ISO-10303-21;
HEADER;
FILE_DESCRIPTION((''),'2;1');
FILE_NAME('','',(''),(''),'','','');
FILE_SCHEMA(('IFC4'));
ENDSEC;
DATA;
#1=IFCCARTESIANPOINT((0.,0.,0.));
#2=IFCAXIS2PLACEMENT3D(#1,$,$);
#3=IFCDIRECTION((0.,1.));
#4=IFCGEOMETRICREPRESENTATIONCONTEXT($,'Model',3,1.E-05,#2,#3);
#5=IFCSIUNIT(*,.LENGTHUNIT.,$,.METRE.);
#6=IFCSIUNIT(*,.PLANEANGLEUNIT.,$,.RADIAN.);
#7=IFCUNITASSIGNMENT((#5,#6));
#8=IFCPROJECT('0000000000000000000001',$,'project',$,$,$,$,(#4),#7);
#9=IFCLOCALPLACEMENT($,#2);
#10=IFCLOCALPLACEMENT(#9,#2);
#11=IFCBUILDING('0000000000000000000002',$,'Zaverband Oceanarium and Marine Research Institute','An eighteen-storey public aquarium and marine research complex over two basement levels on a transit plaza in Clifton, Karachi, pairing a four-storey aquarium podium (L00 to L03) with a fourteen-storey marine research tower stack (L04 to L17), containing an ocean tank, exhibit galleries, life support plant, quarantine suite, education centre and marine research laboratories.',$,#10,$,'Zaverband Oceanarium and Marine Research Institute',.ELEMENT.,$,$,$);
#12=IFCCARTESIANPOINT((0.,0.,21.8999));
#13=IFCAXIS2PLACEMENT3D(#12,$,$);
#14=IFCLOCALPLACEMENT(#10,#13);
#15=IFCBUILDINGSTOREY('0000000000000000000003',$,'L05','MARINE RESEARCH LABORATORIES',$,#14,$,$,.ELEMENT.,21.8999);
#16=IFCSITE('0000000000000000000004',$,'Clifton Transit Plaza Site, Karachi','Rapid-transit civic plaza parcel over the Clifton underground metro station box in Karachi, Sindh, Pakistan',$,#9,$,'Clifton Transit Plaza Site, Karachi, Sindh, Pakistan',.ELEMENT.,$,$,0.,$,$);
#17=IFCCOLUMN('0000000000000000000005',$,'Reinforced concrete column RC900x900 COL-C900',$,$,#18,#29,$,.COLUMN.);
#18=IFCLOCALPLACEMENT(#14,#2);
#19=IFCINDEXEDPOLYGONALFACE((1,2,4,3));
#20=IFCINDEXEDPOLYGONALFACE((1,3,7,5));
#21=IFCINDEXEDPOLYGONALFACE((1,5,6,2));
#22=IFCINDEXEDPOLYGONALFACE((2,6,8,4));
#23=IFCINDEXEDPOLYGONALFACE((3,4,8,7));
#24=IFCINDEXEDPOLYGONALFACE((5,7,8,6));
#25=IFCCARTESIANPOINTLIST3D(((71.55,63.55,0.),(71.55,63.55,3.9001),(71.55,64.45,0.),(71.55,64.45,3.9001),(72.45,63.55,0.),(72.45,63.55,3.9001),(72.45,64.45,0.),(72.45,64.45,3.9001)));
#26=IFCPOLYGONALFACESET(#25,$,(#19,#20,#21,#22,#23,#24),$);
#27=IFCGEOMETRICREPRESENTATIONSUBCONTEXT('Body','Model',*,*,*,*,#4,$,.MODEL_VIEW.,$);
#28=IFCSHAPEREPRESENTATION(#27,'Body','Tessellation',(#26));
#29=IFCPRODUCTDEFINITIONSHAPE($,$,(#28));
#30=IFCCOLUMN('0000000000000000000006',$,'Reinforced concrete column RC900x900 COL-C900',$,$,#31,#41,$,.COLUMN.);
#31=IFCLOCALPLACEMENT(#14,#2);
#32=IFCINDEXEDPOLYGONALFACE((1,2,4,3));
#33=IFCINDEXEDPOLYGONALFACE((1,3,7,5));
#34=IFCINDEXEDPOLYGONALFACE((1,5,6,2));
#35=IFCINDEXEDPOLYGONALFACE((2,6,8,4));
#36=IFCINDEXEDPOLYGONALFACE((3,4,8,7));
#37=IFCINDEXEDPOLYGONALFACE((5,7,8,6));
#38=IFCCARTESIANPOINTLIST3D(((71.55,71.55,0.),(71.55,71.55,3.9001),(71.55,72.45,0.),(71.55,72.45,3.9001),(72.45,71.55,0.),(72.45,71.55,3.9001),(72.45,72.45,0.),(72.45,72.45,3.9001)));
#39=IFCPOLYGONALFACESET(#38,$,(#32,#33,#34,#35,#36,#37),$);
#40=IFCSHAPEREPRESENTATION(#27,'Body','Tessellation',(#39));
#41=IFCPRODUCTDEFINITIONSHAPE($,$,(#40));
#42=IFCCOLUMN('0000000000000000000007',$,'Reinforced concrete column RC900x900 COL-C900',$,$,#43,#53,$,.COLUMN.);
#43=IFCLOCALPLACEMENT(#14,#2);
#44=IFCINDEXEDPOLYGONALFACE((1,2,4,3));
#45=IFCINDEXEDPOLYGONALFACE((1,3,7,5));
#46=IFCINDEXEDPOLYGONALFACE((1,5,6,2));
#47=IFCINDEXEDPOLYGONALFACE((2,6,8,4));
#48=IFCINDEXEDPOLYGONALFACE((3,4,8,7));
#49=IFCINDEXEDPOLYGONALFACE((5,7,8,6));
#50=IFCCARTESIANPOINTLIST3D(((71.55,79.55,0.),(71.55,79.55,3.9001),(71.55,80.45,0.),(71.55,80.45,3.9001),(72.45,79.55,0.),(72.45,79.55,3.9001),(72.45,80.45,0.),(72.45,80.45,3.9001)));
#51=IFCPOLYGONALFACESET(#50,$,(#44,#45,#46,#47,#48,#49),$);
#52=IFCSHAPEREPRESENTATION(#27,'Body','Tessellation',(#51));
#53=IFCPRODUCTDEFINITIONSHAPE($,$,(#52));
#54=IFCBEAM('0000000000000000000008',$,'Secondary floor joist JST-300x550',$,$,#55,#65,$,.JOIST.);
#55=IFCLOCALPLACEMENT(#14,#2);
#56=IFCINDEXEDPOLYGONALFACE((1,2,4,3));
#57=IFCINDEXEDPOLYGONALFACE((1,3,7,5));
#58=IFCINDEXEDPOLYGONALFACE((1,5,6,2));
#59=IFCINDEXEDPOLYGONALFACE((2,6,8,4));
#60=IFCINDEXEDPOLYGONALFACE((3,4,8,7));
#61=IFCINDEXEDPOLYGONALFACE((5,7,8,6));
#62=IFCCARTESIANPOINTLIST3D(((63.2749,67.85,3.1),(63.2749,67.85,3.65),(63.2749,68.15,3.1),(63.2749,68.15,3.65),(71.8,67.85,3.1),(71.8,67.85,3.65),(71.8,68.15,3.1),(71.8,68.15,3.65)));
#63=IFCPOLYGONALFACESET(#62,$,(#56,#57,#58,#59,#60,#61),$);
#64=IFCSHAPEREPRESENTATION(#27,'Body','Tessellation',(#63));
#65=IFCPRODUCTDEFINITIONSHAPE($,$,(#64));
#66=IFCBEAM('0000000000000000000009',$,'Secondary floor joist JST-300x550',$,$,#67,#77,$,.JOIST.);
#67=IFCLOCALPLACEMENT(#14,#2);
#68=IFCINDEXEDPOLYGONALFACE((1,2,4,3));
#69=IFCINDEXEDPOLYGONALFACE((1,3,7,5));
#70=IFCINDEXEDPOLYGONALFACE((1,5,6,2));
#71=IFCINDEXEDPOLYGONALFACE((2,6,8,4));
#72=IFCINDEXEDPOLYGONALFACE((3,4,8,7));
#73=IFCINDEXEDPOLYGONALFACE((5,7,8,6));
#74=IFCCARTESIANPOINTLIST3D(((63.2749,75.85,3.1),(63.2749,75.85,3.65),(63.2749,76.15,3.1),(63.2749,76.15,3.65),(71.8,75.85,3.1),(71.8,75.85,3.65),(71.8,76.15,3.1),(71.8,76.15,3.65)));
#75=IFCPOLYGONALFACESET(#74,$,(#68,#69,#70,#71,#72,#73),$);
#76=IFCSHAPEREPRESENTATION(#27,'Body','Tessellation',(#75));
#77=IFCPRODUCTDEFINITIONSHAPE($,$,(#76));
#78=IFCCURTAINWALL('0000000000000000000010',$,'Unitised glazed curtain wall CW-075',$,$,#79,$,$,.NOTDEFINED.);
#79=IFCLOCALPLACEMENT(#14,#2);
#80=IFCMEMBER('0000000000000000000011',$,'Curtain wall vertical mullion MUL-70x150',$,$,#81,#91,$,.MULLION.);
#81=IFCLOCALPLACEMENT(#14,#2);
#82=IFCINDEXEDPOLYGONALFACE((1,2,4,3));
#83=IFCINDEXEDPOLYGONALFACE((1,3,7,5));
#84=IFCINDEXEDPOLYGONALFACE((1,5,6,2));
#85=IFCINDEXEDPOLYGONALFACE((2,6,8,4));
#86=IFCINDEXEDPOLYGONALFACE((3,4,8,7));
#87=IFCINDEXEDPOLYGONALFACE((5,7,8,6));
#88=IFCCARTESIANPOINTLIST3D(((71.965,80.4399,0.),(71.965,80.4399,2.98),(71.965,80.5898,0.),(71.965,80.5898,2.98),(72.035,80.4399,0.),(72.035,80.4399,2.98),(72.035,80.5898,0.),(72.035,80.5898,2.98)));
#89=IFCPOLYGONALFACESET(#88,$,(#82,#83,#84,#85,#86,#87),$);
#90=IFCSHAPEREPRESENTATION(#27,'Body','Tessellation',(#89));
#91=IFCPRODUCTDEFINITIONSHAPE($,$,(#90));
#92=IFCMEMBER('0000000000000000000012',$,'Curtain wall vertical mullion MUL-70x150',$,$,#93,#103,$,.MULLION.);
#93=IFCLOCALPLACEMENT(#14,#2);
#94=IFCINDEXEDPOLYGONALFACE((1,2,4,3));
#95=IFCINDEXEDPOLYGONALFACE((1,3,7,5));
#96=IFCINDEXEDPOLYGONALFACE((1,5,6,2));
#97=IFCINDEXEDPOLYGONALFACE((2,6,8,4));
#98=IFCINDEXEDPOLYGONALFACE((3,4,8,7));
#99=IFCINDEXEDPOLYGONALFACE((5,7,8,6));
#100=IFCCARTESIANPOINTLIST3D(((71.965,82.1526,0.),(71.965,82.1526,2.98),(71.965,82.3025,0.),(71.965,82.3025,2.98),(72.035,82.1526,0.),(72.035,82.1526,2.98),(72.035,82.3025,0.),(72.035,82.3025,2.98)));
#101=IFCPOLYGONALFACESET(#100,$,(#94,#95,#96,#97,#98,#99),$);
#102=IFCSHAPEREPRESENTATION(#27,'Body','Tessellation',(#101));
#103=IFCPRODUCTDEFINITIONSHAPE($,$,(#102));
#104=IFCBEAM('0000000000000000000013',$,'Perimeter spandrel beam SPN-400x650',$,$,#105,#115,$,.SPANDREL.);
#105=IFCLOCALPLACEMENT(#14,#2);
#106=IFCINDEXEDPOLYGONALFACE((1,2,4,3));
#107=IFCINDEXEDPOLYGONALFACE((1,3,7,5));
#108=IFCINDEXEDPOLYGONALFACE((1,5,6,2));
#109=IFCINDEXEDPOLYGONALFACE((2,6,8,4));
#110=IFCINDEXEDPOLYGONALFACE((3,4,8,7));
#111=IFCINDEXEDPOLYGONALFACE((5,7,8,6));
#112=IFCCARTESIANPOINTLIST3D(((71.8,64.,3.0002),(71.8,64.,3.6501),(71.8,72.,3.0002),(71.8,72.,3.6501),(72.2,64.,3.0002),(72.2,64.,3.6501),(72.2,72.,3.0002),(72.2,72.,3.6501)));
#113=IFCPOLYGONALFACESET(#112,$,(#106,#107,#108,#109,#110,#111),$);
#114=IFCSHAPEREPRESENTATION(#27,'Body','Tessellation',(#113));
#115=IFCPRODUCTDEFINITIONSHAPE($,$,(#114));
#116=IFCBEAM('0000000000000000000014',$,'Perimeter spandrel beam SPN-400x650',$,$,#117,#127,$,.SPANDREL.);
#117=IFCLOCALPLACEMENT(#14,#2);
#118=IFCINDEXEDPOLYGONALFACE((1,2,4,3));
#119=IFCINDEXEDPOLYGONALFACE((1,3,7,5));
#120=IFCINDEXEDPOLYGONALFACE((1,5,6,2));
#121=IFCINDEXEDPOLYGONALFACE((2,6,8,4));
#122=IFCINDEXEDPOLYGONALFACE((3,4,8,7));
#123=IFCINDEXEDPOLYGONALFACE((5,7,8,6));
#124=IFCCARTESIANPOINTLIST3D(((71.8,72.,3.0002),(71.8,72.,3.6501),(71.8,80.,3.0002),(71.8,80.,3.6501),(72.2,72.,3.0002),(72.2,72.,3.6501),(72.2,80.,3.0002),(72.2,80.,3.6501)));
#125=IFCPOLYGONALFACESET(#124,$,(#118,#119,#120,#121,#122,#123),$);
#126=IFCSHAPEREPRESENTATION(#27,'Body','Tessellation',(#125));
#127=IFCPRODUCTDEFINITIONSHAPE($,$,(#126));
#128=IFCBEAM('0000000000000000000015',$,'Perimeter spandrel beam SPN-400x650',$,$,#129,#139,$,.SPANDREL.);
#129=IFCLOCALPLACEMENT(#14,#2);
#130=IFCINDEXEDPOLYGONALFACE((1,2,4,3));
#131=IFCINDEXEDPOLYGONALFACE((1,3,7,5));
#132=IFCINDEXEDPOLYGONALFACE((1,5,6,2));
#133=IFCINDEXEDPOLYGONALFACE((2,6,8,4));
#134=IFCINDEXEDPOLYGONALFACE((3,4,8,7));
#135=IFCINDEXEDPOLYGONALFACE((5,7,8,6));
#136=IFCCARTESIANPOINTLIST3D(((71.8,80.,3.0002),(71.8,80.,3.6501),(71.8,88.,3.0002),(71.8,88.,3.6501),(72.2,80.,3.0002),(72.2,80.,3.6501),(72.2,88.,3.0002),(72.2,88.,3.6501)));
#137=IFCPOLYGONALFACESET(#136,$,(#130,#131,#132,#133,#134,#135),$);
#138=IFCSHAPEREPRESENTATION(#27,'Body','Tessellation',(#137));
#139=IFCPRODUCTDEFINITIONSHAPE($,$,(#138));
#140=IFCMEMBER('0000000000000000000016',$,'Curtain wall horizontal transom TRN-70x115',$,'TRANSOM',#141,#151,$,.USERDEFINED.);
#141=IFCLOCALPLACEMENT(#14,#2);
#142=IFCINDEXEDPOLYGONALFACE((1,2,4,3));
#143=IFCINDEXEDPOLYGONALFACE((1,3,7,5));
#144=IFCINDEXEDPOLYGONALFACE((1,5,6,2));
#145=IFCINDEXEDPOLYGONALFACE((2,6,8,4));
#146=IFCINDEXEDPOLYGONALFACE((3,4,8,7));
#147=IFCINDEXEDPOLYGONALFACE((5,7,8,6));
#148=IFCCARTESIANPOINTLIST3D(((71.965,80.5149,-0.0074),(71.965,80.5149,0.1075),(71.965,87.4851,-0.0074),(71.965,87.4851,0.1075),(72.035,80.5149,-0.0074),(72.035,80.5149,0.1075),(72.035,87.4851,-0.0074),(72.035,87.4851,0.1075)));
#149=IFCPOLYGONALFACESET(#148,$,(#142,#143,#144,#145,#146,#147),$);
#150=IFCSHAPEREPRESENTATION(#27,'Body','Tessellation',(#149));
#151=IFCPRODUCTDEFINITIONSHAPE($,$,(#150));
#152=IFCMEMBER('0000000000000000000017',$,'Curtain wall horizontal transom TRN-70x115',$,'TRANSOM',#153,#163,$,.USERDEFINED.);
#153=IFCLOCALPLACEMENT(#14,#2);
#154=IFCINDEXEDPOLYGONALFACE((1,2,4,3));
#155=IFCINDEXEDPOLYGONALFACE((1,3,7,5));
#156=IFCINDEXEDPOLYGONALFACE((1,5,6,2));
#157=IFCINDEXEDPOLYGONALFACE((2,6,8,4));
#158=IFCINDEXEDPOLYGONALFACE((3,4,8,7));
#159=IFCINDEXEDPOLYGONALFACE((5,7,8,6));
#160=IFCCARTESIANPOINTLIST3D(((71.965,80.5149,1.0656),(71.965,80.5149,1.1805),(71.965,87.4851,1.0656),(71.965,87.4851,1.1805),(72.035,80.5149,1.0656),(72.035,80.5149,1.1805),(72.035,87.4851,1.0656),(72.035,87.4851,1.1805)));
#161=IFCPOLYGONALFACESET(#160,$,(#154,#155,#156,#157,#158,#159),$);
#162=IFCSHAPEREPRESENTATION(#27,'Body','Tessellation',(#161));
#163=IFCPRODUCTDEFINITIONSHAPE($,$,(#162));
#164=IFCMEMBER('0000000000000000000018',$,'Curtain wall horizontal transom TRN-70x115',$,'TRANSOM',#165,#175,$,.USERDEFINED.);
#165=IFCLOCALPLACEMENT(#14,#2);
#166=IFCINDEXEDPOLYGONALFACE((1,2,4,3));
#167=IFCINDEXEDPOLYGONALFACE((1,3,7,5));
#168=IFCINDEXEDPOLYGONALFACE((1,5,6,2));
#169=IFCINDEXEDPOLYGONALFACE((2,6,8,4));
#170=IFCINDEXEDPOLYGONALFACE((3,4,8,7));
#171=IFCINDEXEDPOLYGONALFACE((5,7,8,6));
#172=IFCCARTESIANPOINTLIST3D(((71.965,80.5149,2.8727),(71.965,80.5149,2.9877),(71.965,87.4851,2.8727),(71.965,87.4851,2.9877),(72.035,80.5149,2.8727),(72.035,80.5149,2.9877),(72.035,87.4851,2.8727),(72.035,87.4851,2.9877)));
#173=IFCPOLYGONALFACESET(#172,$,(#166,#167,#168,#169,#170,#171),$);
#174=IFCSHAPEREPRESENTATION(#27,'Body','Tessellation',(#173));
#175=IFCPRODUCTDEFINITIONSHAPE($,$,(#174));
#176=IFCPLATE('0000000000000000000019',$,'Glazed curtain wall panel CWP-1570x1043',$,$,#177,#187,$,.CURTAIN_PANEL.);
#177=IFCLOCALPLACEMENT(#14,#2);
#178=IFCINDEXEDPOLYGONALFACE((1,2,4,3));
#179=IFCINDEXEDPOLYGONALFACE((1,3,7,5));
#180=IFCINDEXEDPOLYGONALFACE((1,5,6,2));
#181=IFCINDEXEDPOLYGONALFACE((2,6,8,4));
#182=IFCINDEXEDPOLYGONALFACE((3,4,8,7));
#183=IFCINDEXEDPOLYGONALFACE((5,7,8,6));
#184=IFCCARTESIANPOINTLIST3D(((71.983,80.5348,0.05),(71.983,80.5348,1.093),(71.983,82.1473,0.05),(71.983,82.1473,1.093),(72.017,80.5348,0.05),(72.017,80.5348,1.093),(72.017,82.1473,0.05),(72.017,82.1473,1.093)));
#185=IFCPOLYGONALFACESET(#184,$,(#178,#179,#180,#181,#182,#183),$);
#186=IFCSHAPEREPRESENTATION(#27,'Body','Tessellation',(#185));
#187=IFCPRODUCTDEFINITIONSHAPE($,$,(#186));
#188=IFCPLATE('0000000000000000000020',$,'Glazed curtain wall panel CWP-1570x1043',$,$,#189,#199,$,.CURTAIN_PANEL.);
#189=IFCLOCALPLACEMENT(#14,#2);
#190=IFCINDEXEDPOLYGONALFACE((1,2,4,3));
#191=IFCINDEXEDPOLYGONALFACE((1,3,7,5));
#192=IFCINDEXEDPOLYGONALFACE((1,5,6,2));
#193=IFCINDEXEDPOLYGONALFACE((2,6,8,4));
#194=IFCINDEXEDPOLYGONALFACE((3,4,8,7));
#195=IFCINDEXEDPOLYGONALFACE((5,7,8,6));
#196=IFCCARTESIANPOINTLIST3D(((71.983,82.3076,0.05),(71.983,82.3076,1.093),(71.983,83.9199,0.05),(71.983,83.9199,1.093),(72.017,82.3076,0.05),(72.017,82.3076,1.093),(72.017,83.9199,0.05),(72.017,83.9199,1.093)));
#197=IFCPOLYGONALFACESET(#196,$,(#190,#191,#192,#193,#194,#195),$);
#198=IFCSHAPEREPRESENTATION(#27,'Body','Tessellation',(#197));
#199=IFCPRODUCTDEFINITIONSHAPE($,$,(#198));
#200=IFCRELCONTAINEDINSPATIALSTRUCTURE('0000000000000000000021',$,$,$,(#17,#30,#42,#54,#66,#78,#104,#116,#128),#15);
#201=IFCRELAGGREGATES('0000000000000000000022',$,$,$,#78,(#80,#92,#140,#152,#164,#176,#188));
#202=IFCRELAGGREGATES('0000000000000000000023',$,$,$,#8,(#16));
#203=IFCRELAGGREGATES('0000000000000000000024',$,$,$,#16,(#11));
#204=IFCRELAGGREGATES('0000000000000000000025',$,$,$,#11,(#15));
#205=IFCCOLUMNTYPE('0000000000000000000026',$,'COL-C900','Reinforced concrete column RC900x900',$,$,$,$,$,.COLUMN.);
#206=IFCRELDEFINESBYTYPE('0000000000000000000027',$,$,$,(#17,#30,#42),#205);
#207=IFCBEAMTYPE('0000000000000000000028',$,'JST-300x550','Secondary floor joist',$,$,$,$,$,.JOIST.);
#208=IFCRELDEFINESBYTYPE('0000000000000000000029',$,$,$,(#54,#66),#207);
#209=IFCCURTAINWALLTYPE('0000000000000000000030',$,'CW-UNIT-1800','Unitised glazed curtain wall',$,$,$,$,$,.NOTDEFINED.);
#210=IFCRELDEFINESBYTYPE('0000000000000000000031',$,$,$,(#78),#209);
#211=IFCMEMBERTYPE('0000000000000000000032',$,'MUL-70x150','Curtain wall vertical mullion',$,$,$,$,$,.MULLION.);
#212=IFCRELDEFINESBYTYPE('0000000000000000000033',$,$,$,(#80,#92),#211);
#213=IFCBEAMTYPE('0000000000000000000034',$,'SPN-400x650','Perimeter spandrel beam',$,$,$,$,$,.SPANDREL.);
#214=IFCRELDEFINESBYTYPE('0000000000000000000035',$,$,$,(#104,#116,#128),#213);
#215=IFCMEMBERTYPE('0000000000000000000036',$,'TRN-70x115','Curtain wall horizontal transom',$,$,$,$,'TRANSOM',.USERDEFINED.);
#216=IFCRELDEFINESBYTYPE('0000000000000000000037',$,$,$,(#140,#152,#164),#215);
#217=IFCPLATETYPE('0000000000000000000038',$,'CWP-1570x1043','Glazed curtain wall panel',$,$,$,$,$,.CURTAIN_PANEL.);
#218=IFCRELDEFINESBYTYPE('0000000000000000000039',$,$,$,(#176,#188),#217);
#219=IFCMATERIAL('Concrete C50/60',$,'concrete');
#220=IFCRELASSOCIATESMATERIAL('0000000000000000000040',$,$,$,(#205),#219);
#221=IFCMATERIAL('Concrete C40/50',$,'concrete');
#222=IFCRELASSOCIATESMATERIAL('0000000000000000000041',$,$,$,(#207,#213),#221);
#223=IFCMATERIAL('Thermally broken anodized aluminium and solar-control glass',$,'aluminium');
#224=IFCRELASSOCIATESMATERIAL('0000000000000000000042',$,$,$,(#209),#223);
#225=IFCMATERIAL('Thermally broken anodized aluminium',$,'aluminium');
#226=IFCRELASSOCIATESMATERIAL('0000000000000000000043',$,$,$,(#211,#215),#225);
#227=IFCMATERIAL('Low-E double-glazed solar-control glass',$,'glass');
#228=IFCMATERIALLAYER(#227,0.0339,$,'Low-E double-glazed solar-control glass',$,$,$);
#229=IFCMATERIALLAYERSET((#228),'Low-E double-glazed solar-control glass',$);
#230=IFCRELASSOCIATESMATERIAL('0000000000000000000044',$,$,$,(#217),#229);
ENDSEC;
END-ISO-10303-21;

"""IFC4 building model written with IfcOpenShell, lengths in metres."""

from ifc_helpers import new_model, si_unit, direction, frame, frame_2d, origin, origin_2d, place, context, subcontext, project, spatial, rectangle, extrude, material, layer, layer_set, material_profile, profile_set, type_object, element, aggregate, save


model = new_model("IFC4")

# Units and contexts
model_context = context("Model", 3, precision=1e-05, world=origin(), true_north=direction((0.0, 1.0)))
body_context = subcontext(model_context, "Body", "Model", "MODEL_VIEW")
ifc_project = project(units=[si_unit("LENGTHUNIT", "METRE"), si_unit("PLANEANGLEUNIT", "RADIAN")], contexts=[model_context])

# Site, building, storey
site_placement = place(None, origin())
site = spatial("IfcSite", under=ifc_project, at=site_placement, Name="Clifton Transit Plaza Site, Karachi", Description="Rapid-transit civic plaza parcel over the Clifton underground metro station box in Karachi, Sindh, Pakistan", LongName="Clifton Transit Plaza Site, Karachi, Sindh, Pakistan", CompositionType="ELEMENT", RefElevation=0.0)
building_placement = place(site_placement, origin())
building = spatial("IfcBuilding", under=site, at=building_placement, Name="Zaverband Oceanarium and Marine Research Institute", Description="An eighteen-storey public aquarium and marine research complex over two basement levels on a transit plaza in Clifton, Karachi, pairing a four-storey aquarium podium (L00 to L03) with a fourteen-storey marine research tower stack (L04 to L17), containing an ocean tank, exhibit galleries, life support plant, quarantine suite, education centre and marine research laboratories.", LongName="Zaverband Oceanarium and Marine Research Institute", CompositionType="ELEMENT")
storey_placement = place(building_placement, frame((0.0, 0.0, 21.8999)))
storey = spatial("IfcBuildingStorey", under=building, at=storey_placement, Name="L05", Description="MARINE RESEARCH LABORATORIES", CompositionType="ELEMENT", Elevation=21.8999)

# Columns
ifc_material_1 = material(Name="Concrete C50/60", Category="concrete")
ifc_material_profile_1 = material_profile(ifc_material_1, rectangle(XDim=0.8999, YDim=0.8999, at=origin_2d()), Name="RC900x900")
ifc_profile_set_1 = profile_set([ifc_material_profile_1], Name="Concrete C50/60")
column_type = type_object("IfcColumnType", Name="COL-C900", Description="Reinforced concrete column RC900x900", PredefinedType="COLUMN", material=ifc_profile_set_1)
for number, where, z_axis, x_axis, name in (
    (1, (72.0, 64.0, 0.0), (0.0, 0.0, 1.0), (1.0, 0.0, 0.0), "Reinforced concrete column RC900x900 COL-C900"),
    (2, (72.0, 72.0, 0.0), (0.0, 0.0, 1.0), (1.0, 0.0, 0.0), "Reinforced concrete column RC900x900 COL-C900"),
    (3, (72.0, 80.0, 0.0), (0.0, 0.0, 1.0), (1.0, 0.0, 0.0), "Reinforced concrete column RC900x900 COL-C900"),
):
    element("IfcColumn", number, at=place(storey_placement, frame(where, z_axis=z_axis, x_axis=x_axis)), inside=storey, type_object=column_type, Name=name, PredefinedType="COLUMN", context=body_context, shape_type="SweptSolid", body=[
        extrude(rectangle(XDim=0.8999, YDim=0.8999, at=origin_2d()), origin(), (0.0, 0.0, 1.0), 3.9001),
    ])

# Beams
ifc_material_2 = material(Name="Concrete C40/50", Category="concrete")
ifc_material_profile_2 = material_profile(ifc_material_2, rectangle(XDim=0.3, YDim=0.55, at=origin_2d()), Name="RC300x550")
ifc_profile_set_2 = profile_set([ifc_material_profile_2], Name="Concrete C40/50")
beam_type_1 = type_object("IfcBeamType", Name="JST-300x550", Description="Secondary floor joist", PredefinedType="JOIST", material=ifc_profile_set_2)
for number, where, z_axis, x_axis, name in (
    (4, (63.2749, 68.0, 3.375), (1.0, 0.0, 0.0), (0.0, 1.0, 0.0), "Secondary floor joist JST-300x550"),
    (5, (63.2749, 76.0, 3.375), (1.0, 0.0, 0.0), (0.0, 1.0, 0.0), "Secondary floor joist JST-300x550"),
):
    element("IfcBeam", number, at=place(storey_placement, frame(where, z_axis=z_axis, x_axis=x_axis)), inside=storey, type_object=beam_type_1, Name=name, PredefinedType="JOIST", context=body_context, shape_type="SweptSolid", body=[
        extrude(rectangle(XDim=0.3, YDim=0.55, at=origin_2d()), origin(), (0.0, 0.0, 1.0), 8.5251),
    ])

# Curtain wall, members
ifc_material_3 = material(Name="Thermally broken anodized aluminium and solar-control glass", Category="aluminium")
curtain_wall_type = type_object("IfcCurtainWallType", Name="CW-UNIT-1800", Description="Unitised glazed curtain wall", PredefinedType="NOTDEFINED", material=ifc_material_3)
curtain_wall_placement = place(storey_placement, origin())
curtain_wall = element("IfcCurtainWall", 6, at=curtain_wall_placement, inside=storey, type_object=curtain_wall_type, Name="Unitised glazed curtain wall CW-075", PredefinedType="NOTDEFINED")
ifc_material_4 = material(Name="Thermally broken anodized aluminium", Category="aluminium")
ifc_material_profile_3 = material_profile(ifc_material_4, rectangle(XDim=0.0701, YDim=0.1499, at=origin_2d()), Name="AL-MUL-70x150")
ifc_profile_set_3 = profile_set([ifc_material_profile_3], Name="Thermally broken anodized aluminium")
member_type_1 = type_object("IfcMemberType", Name="MUL-70x150", Description="Curtain wall vertical mullion", PredefinedType="MULLION", material=ifc_profile_set_3)
member_1_placement = place(storey_placement, frame((72.0, 80.5149, 0.0), z_axis=(0.0, 0.0, 1.0), x_axis=(1.0, 0.0, 0.0)))
member_1 = element("IfcMember", 7, at=member_1_placement, type_object=member_type_1, Name="Curtain wall vertical mullion MUL-70x150", PredefinedType="MULLION", context=body_context, shape_type="SweptSolid", body=[
    extrude(rectangle(XDim=0.0701, YDim=0.1499, at=origin_2d()), origin(), (0.0, 0.0, 1.0), 2.98),
])
member_2_placement = place(storey_placement, frame((72.0, 82.2275, 0.0), z_axis=(0.0, 0.0, 1.0), x_axis=(1.0, 0.0, 0.0)))
member_2 = element("IfcMember", 8, at=member_2_placement, type_object=member_type_1, Name="Curtain wall vertical mullion MUL-70x150", PredefinedType="MULLION", context=body_context, shape_type="SweptSolid", body=[
    extrude(rectangle(XDim=0.0701, YDim=0.1499, at=origin_2d()), origin(), (0.0, 0.0, 1.0), 2.98),
])

# Beams
ifc_material_profile_4 = material_profile(ifc_material_2, rectangle(XDim=0.3999, YDim=0.6499, at=origin_2d()), Name="RC400x650")
ifc_profile_set_4 = profile_set([ifc_material_profile_4], Name="Concrete C40/50")
beam_type_2 = type_object("IfcBeamType", Name="SPN-400x650", Description="Perimeter spandrel beam", PredefinedType="SPANDREL", material=ifc_profile_set_4)
for number, where, z_axis, x_axis, name in (
    (9, (72.0, 64.0, 3.3252), (0.0, 1.0, 0.0), (-1.0, 0.0, 0.0), "Perimeter spandrel beam SPN-400x650"),
    (10, (72.0, 72.0, 3.3252), (0.0, 1.0, 0.0), (-1.0, 0.0, 0.0), "Perimeter spandrel beam SPN-400x650"),
    (11, (72.0, 80.0, 3.3252), (0.0, 1.0, 0.0), (-1.0, 0.0, 0.0), "Perimeter spandrel beam SPN-400x650"),
):
    element("IfcBeam", number, at=place(storey_placement, frame(where, z_axis=z_axis, x_axis=x_axis)), inside=storey, type_object=beam_type_2, Name=name, PredefinedType="SPANDREL", context=body_context, shape_type="SweptSolid", body=[
        extrude(rectangle(XDim=0.3999, YDim=0.6499, at=origin_2d()), origin(), (0.0, 0.0, 1.0), 8.0),
    ])

# Members
ifc_material_profile_5 = material_profile(ifc_material_4, rectangle(XDim=0.0701, YDim=0.115, at=origin_2d()), Name="AL-TRN-70x115")
ifc_profile_set_5 = profile_set([ifc_material_profile_5], Name="Thermally broken anodized aluminium")
member_type_2 = type_object("IfcMemberType", Name="TRN-70x115", Description="Curtain wall horizontal transom", ElementType="TRANSOM", PredefinedType="USERDEFINED", material=ifc_profile_set_5)
member_3_placement = place(storey_placement, frame((72.0, 80.5149, 0.05), z_axis=(0.0, 1.0, 0.0), x_axis=(-1.0, 0.0, 0.0)))
member_3 = element("IfcMember", 12, at=member_3_placement, type_object=member_type_2, Name="Curtain wall horizontal transom TRN-70x115", ObjectType="TRANSOM", PredefinedType="USERDEFINED", context=body_context, shape_type="SweptSolid", body=[
    extrude(rectangle(XDim=0.0701, YDim=0.115, at=origin_2d()), origin(), (0.0, 0.0, 1.0), 6.9702),
])
member_4_placement = place(storey_placement, frame((72.0, 80.5149, 1.123), z_axis=(0.0, 1.0, 0.0), x_axis=(-1.0, 0.0, 0.0)))
member_4 = element("IfcMember", 13, at=member_4_placement, type_object=member_type_2, Name="Curtain wall horizontal transom TRN-70x115", ObjectType="TRANSOM", PredefinedType="USERDEFINED", context=body_context, shape_type="SweptSolid", body=[
    extrude(rectangle(XDim=0.0701, YDim=0.115, at=origin_2d()), origin(), (0.0, 0.0, 1.0), 6.9702),
])
member_5_placement = place(storey_placement, frame((72.0, 80.5149, 2.9302), z_axis=(0.0, 1.0, 0.0), x_axis=(-1.0, 0.0, 0.0)))
member_5 = element("IfcMember", 14, at=member_5_placement, type_object=member_type_2, Name="Curtain wall horizontal transom TRN-70x115", ObjectType="TRANSOM", PredefinedType="USERDEFINED", context=body_context, shape_type="SweptSolid", body=[
    extrude(rectangle(XDim=0.0701, YDim=0.115, at=origin_2d()), origin(), (0.0, 0.0, 1.0), 6.9702),
])

# Plates
ifc_material_5 = material(Name="Low-E double-glazed solar-control glass", Category="glass")
ifc_layer_1 = layer(ifc_material_5, 0.0339, Name="Low-E double-glazed solar-control glass")
ifc_layer_set_1 = layer_set([ifc_layer_1], Name="Low-E double-glazed solar-control glass")
plate_type_1 = type_object("IfcPlateType", Name="CWP-1570x1043", Description="Glazed curtain wall panel", PredefinedType="CURTAIN_PANEL", material=ifc_layer_set_1)
plate_1_placement = place(storey_placement, frame((72.0, 80.5349, 0.05), z_axis=(0.0, 0.0, 1.0), x_axis=(0.0, 1.0, 0.0)))
plate_1 = element("IfcPlate", 15, at=plate_1_placement, type_object=plate_type_1, Name="Glazed curtain wall panel CWP-1570x1043", PredefinedType="CURTAIN_PANEL", context=body_context, shape_type="SweptSolid", body=[
    extrude(rectangle(XDim=1.6125, YDim=0.0339, at=frame_2d((0.8062, 0.0))), origin(), (0.0, 0.0, 1.0), 1.043),
])
plate_2_placement = place(storey_placement, frame((72.0, 82.3076, 0.05), z_axis=(0.0, 0.0, 1.0), x_axis=(0.0, 1.0, 0.0)))
plate_2 = element("IfcPlate", 16, at=plate_2_placement, type_object=plate_type_1, Name="Glazed curtain wall panel CWP-1570x1043", PredefinedType="CURTAIN_PANEL", context=body_context, shape_type="SweptSolid", body=[
    extrude(rectangle(XDim=1.6123, YDim=0.0339, at=frame_2d((0.8062, 0.0))), origin(), (0.0, 0.0, 1.0), 1.043),
])
aggregate(curtain_wall, [member_1, member_2, member_3, member_4, member_5, plate_1, plate_2])

save(model, "model.ifc")
